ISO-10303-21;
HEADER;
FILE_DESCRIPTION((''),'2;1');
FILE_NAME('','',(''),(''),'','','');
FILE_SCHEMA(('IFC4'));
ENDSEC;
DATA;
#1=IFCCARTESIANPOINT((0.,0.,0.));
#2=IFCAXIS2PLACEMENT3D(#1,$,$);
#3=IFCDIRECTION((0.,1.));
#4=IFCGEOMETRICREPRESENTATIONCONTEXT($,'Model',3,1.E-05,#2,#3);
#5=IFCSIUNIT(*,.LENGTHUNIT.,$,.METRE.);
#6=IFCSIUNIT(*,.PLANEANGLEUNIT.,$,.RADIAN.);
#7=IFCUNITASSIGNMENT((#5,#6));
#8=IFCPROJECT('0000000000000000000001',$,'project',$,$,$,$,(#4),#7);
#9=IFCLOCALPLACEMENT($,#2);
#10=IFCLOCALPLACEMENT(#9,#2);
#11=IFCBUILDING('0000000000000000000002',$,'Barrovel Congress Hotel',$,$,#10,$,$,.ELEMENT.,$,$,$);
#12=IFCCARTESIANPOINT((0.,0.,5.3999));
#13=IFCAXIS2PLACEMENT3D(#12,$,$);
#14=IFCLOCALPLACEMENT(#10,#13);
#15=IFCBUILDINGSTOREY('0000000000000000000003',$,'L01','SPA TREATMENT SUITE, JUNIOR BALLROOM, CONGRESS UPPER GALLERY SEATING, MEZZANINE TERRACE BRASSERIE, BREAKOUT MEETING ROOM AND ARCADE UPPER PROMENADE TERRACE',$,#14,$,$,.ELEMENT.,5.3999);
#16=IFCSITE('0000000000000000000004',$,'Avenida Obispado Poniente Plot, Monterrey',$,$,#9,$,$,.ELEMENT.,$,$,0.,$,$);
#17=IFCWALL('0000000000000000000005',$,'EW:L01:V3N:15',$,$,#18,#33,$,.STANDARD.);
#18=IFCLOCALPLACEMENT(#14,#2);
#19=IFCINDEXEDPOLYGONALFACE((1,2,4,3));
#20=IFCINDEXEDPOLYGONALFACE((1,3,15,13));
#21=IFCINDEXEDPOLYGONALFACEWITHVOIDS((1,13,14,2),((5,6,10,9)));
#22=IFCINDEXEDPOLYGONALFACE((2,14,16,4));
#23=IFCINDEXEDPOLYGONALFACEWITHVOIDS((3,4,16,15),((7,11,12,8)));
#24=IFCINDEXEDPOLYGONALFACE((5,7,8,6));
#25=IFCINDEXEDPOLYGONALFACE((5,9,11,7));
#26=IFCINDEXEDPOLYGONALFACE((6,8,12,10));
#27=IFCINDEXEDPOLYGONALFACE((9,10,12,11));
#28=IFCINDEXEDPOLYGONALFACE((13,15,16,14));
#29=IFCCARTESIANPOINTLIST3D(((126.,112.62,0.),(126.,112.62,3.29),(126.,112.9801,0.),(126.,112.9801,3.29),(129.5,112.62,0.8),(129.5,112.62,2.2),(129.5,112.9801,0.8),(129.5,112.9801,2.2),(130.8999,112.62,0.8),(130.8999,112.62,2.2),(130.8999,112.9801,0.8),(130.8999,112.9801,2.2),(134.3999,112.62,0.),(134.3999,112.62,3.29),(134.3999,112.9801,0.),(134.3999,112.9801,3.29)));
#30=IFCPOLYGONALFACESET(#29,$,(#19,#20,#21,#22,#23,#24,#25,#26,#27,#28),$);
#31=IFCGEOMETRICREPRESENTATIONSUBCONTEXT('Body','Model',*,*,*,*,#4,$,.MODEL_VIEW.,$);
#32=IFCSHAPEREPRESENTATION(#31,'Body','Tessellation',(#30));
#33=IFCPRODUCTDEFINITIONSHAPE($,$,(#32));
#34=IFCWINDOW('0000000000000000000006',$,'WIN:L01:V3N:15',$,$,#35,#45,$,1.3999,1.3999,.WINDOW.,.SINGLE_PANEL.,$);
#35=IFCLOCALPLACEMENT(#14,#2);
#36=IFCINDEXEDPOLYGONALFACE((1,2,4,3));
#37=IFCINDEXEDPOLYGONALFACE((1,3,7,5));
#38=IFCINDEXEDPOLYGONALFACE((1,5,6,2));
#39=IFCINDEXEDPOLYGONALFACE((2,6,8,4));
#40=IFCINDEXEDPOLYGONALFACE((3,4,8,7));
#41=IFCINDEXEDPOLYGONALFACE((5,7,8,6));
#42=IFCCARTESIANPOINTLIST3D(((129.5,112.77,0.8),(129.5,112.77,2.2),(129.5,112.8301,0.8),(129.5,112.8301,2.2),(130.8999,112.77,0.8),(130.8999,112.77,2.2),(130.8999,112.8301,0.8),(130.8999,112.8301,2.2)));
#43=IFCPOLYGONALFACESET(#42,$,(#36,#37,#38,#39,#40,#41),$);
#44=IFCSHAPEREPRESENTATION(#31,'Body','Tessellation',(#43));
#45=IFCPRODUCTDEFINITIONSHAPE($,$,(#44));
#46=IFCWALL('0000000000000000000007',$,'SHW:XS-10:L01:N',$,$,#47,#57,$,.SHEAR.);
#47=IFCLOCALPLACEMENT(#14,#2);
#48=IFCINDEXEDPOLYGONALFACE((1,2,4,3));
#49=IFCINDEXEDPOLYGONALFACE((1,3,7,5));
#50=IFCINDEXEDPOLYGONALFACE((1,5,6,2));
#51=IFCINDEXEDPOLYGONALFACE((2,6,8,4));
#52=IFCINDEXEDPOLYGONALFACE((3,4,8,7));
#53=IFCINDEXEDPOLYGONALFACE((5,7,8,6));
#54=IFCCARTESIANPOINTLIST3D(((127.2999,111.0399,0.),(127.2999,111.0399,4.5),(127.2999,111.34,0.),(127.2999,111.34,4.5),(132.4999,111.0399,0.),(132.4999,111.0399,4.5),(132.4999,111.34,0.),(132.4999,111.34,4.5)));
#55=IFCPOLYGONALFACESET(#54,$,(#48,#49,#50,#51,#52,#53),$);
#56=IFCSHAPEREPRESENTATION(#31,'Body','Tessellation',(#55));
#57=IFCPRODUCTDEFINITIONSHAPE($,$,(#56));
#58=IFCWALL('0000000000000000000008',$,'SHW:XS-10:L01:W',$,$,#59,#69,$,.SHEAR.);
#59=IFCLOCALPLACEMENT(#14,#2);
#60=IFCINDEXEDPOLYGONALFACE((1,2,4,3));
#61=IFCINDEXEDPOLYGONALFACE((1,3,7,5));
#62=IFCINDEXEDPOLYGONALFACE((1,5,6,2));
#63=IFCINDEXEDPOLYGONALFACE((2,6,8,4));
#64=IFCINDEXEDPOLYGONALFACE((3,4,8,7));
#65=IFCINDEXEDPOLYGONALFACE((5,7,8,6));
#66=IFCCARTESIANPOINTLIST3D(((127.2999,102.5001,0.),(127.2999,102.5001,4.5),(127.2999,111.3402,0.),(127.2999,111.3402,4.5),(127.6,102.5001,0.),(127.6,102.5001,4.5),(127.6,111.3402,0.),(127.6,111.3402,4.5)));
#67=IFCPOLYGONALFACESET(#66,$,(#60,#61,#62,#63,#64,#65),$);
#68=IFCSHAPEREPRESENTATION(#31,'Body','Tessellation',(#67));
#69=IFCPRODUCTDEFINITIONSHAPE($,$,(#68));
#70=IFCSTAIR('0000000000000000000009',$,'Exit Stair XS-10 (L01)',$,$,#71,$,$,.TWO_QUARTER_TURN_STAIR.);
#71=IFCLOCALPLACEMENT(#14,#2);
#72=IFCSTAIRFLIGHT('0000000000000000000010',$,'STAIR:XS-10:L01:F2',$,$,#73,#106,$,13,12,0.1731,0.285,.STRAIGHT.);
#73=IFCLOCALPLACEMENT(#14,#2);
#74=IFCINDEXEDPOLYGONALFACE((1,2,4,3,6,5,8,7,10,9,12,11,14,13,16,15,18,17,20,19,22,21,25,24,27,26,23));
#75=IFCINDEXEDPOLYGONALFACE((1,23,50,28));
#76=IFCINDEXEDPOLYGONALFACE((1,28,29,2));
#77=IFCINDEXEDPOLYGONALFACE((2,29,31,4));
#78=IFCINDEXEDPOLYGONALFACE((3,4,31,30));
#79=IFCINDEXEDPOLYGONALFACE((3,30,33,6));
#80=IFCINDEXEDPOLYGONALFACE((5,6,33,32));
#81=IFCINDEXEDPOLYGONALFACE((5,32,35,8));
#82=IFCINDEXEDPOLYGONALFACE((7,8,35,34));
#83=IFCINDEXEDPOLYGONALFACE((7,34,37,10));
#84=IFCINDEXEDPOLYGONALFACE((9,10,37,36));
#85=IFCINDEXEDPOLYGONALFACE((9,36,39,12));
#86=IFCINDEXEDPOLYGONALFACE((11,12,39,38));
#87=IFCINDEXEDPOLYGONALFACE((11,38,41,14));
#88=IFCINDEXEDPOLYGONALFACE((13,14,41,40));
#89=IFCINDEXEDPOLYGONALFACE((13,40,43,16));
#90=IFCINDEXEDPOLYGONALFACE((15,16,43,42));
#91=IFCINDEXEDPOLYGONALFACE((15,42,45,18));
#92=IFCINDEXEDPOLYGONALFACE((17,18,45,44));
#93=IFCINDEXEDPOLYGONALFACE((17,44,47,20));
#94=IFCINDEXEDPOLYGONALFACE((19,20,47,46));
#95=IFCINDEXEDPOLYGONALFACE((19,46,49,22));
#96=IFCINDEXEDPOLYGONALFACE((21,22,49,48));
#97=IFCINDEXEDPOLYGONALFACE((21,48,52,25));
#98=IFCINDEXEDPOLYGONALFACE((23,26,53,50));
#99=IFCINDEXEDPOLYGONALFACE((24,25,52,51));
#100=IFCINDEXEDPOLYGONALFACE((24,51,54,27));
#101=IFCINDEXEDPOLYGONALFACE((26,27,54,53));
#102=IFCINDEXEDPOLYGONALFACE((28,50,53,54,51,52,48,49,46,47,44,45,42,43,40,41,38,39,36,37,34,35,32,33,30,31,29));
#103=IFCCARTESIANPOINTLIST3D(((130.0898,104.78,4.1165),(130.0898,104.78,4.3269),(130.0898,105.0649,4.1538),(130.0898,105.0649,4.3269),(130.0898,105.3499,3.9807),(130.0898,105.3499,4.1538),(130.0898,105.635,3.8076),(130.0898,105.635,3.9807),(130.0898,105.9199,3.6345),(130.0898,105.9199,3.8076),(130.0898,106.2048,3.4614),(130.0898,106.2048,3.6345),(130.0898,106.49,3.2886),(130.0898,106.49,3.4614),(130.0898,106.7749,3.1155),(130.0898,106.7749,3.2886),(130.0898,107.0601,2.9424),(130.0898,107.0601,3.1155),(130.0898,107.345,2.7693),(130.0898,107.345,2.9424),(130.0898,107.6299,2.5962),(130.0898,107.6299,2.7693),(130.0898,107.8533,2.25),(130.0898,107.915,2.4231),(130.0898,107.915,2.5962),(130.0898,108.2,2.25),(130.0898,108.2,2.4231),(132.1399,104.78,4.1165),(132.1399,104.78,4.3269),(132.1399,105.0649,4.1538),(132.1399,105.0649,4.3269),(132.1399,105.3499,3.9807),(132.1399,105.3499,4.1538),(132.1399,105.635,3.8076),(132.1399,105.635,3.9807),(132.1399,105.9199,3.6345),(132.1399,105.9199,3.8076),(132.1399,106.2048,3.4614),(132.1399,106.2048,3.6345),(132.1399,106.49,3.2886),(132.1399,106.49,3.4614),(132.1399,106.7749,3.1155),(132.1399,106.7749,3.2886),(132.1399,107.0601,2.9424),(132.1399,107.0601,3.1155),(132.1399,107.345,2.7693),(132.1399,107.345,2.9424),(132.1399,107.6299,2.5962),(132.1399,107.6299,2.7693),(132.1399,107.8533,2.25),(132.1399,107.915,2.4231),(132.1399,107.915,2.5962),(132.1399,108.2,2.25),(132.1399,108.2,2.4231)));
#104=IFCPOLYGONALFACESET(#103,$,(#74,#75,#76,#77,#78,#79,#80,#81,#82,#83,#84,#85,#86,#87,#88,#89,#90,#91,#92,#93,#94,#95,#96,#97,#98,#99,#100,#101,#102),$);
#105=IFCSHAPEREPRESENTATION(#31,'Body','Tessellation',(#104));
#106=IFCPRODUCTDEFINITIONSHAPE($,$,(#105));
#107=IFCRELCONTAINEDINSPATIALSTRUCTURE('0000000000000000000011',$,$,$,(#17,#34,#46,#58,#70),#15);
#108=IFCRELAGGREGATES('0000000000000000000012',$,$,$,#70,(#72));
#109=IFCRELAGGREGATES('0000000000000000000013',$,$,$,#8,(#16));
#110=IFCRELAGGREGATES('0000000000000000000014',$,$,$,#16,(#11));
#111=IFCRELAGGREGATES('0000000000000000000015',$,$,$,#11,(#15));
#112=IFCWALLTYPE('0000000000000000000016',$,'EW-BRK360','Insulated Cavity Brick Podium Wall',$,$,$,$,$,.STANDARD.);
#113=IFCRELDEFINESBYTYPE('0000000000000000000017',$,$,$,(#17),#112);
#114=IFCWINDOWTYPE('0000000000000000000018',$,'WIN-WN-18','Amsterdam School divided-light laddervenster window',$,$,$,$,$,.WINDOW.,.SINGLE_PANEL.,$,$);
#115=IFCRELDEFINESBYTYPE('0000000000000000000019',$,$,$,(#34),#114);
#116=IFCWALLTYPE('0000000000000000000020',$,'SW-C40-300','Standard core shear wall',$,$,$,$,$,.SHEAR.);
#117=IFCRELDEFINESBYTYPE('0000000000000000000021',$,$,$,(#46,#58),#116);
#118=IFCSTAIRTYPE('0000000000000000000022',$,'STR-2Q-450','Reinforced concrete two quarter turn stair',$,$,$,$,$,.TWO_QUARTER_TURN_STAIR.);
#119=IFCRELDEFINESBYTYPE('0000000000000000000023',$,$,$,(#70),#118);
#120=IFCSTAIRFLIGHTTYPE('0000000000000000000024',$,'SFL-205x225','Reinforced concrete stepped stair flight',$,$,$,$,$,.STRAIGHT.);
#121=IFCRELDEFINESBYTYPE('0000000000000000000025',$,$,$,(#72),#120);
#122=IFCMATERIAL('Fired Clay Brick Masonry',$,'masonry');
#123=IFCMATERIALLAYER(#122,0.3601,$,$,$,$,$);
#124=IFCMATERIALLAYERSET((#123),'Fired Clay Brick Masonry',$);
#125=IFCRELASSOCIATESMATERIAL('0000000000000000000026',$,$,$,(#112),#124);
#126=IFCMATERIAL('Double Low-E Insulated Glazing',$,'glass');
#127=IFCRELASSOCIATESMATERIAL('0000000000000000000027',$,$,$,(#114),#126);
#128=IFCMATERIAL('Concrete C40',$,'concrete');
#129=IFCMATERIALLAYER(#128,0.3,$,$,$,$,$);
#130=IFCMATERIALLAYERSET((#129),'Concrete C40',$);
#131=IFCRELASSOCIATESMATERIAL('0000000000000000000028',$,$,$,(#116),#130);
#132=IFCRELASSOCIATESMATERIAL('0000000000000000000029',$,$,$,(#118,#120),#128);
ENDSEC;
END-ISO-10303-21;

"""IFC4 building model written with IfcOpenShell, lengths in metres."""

from ifc_helpers import new_model, si_unit, direction, frame, frame_2d, origin, place, context, subcontext, project, spatial, polyline, rectangle, outline, extrude, material, layer, layer_set, type_object, element, fill, aggregate, save


model = new_model("IFC4")

# Units and contexts
model_context = context("Model", 3, precision=1e-05, world=origin(), true_north=direction((0.0, 1.0)))
body_context = subcontext(model_context, "Body", "Model", "MODEL_VIEW")
ifc_project = project(units=[si_unit("LENGTHUNIT", "METRE"), si_unit("PLANEANGLEUNIT", "RADIAN")], contexts=[model_context])

# Site, building, storey
site_placement = place(None, origin())
site = spatial("IfcSite", under=ifc_project, at=site_placement, Name="Avenida Obispado Poniente Plot, Monterrey", CompositionType="ELEMENT", RefElevation=0.0)
building_placement = place(site_placement, origin())
building = spatial("IfcBuilding", under=site, at=building_placement, Name="Barrovel Congress Hotel", CompositionType="ELEMENT")
storey_placement = place(building_placement, frame((0.0, 0.0, 5.3999)))
storey = spatial("IfcBuildingStorey", under=building, at=storey_placement, Name="L01", Description="SPA TREATMENT SUITE, JUNIOR BALLROOM, CONGRESS UPPER GALLERY SEATING, MEZZANINE TERRACE BRASSERIE, BREAKOUT MEETING ROOM AND ARCADE UPPER PROMENADE TERRACE", CompositionType="ELEMENT", Elevation=5.3999)

# Shared definitions
ifc_material_1 = material(Name="Concrete C40", Category="concrete")

# Shared definitions
ifc_material_2 = material(Name="Double Low-E Insulated Glazing", Category="glass")

# Shared definitions
ifc_material_3 = material(Name="Fired Clay Brick Masonry", Category="masonry")

# Wall, opening, window
ifc_layer_1 = layer(ifc_material_3, 0.3601)
ifc_layer_set_1 = layer_set([ifc_layer_1], Name="Fired Clay Brick Masonry")
wall_type_1 = type_object("IfcWallType", Name="EW-BRK360", Description="Insulated Cavity Brick Podium Wall", PredefinedType="STANDARD", material=ifc_layer_set_1)
wall_1_placement = place(storey_placement, frame((134.3999, 112.8, 0.0), z_axis=(0.0, 0.0, 1.0), x_axis=(-1.0, 0.0, 0.0)))
wall_1 = element("IfcWall", 1, at=wall_1_placement, inside=storey, type_object=wall_type_1, Name="EW:L01:V3N:15", PredefinedType="STANDARD", context=body_context, shape_type="SweptSolid", body=[
    extrude(rectangle(XDim=8.3999, YDim=0.3601, at=frame_2d((4.2, 0.0))), origin(), (0.0, 0.0, 1.0), 3.29),
])
opening_placement = place(wall_1_placement, frame((3.5, 0.0, 0.8)))
opening = element("IfcOpeningElement", 2, at=opening_placement, cuts=wall_1, PredefinedType="OPENING", context=body_context, shape_type="SweptSolid", body=[
    extrude(rectangle(XDim=1.3999, YDim=1.3999, at=frame_2d((0.7, 0.7))), frame((0.0, 0.1899, 0.0), z_axis=(0.0, -1.0, 0.0), x_axis=(1.0, 0.0, 0.0)), (0.0, 0.0, 1.0), 0.3801),
])
window_type = type_object("IfcWindowType", Name="WIN-WN-18", Description="Amsterdam School divided-light laddervenster window", PartitioningType="SINGLE_PANEL", PredefinedType="WINDOW", material=ifc_material_2)
window_placement = place(opening_placement, origin())
window = element("IfcWindow", 3, at=window_placement, inside=storey, type_object=window_type, Name="WIN:L01:V3N:15", OverallHeight=1.3999, OverallWidth=1.3999, PartitioningType="SINGLE_PANEL", PredefinedType="WINDOW", context=body_context, shape_type="SweptSolid", body=[
    extrude(rectangle(XDim=1.3999, YDim=1.3999, at=frame_2d((0.7, 0.7))), frame((0.0, 0.03, 0.0), z_axis=(0.0, -1.0, 0.0), x_axis=(1.0, 0.0, 0.0)), (0.0, 0.0, 1.0), 0.0601),
])
fill(opening, window)

# Walls
ifc_layer_2 = layer(ifc_material_1, 0.3)
ifc_layer_set_2 = layer_set([ifc_layer_2], Name="Concrete C40")
wall_type_2 = type_object("IfcWallType", Name="SW-C40-300", Description="Standard core shear wall", PredefinedType="SHEAR", material=ifc_layer_set_2)
wall_2_placement = place(storey_placement, frame((132.5, 111.1899, 0.0), z_axis=(0.0, 0.0, 1.0), x_axis=(-1.0, 0.0, 0.0)))
element("IfcWall", 4, at=wall_2_placement, inside=storey, type_object=wall_type_2, Name="SHW:XS-10:L01:N", PredefinedType="SHEAR", context=body_context, shape_type="SweptSolid", body=[
    extrude(rectangle(XDim=5.2, YDim=0.3, at=frame_2d((2.6001, 0.0))), origin(), (0.0, 0.0, 1.0), 4.5),
])
wall_3_placement = place(storey_placement, frame((127.45, 111.3401, 0.0), z_axis=(0.0, 0.0, 1.0), x_axis=(0.0, -1.0, 0.0)))
element("IfcWall", 5, at=wall_3_placement, inside=storey, type_object=wall_type_2, Name="SHW:XS-10:L01:W", PredefinedType="SHEAR", context=body_context, shape_type="SweptSolid", body=[
    extrude(rectangle(XDim=8.8401, YDim=0.3, at=frame_2d((4.4199, 0.0))), origin(), (0.0, 0.0, 1.0), 4.5),
])

# Stair, stair flight
stair_type = type_object("IfcStairType", Name="STR-2Q-450", Description="Reinforced concrete two quarter turn stair", PredefinedType="TWO_QUARTER_TURN_STAIR", material=ifc_material_1)
stair_placement = place(storey_placement, origin())
stair = element("IfcStair", 6, at=stair_placement, inside=storey, type_object=stair_type, Name="Exit Stair XS-10 (L01)", PredefinedType="TWO_QUARTER_TURN_STAIR")
stair_flight_type = type_object("IfcStairFlightType", Name="SFL-205x225", Description="Reinforced concrete stepped stair flight", PredefinedType="STRAIGHT", material=ifc_material_1)
stair_flight_placement = place(storey_placement, frame((131.115, 108.2, 2.25), z_axis=(0.0, 0.0, 1.0), x_axis=(0.0, -1.0, 0.0)))
stair_flight = element("IfcStairFlight", 7, at=stair_flight_placement, type_object=stair_flight_type, Name="STAIR:XS-10:L01:F2", NumberOfRisers=13, NumberOfTreads=12, PredefinedType="STRAIGHT", RiserHeight=0.1731, TreadLength=0.285, context=body_context, shape_type="SweptSolid", body=[
    extrude(outline(polyline([(0.0, 0.0), (0.0, 0.1731), (0.2849, 0.1731), (0.2849, 0.3462), (0.5701, 0.3462), (0.5701, 0.5193), (0.855, 0.5193), (0.855, 0.6924), (1.1399, 0.6924), (1.1399, 0.8655), (1.425, 0.8655), (1.425, 1.0386), (1.71, 1.0386), (1.71, 1.2114), (1.9951, 1.2114), (1.9951, 1.3845), (2.28, 1.3845), (2.28, 1.5576), (2.5649, 1.5576), (2.5649, 1.7307), (2.8501, 1.7307), (2.8501, 1.9038), (3.135, 1.9038), (3.135, 2.0769), (3.4199, 2.0769), (3.4199, 2.25), (3.4199, 1.8665), (0.3467, 0.0), (0.0, 0.0)])), frame((0.0, 1.0249, 0.0), z_axis=(0.0, -1.0, 0.0), x_axis=(1.0, 0.0, 0.0)), (0.0, 0.0, 1.0), 2.05),
])
aggregate(stair, [stair_flight])

save(model, "model.ifc")
